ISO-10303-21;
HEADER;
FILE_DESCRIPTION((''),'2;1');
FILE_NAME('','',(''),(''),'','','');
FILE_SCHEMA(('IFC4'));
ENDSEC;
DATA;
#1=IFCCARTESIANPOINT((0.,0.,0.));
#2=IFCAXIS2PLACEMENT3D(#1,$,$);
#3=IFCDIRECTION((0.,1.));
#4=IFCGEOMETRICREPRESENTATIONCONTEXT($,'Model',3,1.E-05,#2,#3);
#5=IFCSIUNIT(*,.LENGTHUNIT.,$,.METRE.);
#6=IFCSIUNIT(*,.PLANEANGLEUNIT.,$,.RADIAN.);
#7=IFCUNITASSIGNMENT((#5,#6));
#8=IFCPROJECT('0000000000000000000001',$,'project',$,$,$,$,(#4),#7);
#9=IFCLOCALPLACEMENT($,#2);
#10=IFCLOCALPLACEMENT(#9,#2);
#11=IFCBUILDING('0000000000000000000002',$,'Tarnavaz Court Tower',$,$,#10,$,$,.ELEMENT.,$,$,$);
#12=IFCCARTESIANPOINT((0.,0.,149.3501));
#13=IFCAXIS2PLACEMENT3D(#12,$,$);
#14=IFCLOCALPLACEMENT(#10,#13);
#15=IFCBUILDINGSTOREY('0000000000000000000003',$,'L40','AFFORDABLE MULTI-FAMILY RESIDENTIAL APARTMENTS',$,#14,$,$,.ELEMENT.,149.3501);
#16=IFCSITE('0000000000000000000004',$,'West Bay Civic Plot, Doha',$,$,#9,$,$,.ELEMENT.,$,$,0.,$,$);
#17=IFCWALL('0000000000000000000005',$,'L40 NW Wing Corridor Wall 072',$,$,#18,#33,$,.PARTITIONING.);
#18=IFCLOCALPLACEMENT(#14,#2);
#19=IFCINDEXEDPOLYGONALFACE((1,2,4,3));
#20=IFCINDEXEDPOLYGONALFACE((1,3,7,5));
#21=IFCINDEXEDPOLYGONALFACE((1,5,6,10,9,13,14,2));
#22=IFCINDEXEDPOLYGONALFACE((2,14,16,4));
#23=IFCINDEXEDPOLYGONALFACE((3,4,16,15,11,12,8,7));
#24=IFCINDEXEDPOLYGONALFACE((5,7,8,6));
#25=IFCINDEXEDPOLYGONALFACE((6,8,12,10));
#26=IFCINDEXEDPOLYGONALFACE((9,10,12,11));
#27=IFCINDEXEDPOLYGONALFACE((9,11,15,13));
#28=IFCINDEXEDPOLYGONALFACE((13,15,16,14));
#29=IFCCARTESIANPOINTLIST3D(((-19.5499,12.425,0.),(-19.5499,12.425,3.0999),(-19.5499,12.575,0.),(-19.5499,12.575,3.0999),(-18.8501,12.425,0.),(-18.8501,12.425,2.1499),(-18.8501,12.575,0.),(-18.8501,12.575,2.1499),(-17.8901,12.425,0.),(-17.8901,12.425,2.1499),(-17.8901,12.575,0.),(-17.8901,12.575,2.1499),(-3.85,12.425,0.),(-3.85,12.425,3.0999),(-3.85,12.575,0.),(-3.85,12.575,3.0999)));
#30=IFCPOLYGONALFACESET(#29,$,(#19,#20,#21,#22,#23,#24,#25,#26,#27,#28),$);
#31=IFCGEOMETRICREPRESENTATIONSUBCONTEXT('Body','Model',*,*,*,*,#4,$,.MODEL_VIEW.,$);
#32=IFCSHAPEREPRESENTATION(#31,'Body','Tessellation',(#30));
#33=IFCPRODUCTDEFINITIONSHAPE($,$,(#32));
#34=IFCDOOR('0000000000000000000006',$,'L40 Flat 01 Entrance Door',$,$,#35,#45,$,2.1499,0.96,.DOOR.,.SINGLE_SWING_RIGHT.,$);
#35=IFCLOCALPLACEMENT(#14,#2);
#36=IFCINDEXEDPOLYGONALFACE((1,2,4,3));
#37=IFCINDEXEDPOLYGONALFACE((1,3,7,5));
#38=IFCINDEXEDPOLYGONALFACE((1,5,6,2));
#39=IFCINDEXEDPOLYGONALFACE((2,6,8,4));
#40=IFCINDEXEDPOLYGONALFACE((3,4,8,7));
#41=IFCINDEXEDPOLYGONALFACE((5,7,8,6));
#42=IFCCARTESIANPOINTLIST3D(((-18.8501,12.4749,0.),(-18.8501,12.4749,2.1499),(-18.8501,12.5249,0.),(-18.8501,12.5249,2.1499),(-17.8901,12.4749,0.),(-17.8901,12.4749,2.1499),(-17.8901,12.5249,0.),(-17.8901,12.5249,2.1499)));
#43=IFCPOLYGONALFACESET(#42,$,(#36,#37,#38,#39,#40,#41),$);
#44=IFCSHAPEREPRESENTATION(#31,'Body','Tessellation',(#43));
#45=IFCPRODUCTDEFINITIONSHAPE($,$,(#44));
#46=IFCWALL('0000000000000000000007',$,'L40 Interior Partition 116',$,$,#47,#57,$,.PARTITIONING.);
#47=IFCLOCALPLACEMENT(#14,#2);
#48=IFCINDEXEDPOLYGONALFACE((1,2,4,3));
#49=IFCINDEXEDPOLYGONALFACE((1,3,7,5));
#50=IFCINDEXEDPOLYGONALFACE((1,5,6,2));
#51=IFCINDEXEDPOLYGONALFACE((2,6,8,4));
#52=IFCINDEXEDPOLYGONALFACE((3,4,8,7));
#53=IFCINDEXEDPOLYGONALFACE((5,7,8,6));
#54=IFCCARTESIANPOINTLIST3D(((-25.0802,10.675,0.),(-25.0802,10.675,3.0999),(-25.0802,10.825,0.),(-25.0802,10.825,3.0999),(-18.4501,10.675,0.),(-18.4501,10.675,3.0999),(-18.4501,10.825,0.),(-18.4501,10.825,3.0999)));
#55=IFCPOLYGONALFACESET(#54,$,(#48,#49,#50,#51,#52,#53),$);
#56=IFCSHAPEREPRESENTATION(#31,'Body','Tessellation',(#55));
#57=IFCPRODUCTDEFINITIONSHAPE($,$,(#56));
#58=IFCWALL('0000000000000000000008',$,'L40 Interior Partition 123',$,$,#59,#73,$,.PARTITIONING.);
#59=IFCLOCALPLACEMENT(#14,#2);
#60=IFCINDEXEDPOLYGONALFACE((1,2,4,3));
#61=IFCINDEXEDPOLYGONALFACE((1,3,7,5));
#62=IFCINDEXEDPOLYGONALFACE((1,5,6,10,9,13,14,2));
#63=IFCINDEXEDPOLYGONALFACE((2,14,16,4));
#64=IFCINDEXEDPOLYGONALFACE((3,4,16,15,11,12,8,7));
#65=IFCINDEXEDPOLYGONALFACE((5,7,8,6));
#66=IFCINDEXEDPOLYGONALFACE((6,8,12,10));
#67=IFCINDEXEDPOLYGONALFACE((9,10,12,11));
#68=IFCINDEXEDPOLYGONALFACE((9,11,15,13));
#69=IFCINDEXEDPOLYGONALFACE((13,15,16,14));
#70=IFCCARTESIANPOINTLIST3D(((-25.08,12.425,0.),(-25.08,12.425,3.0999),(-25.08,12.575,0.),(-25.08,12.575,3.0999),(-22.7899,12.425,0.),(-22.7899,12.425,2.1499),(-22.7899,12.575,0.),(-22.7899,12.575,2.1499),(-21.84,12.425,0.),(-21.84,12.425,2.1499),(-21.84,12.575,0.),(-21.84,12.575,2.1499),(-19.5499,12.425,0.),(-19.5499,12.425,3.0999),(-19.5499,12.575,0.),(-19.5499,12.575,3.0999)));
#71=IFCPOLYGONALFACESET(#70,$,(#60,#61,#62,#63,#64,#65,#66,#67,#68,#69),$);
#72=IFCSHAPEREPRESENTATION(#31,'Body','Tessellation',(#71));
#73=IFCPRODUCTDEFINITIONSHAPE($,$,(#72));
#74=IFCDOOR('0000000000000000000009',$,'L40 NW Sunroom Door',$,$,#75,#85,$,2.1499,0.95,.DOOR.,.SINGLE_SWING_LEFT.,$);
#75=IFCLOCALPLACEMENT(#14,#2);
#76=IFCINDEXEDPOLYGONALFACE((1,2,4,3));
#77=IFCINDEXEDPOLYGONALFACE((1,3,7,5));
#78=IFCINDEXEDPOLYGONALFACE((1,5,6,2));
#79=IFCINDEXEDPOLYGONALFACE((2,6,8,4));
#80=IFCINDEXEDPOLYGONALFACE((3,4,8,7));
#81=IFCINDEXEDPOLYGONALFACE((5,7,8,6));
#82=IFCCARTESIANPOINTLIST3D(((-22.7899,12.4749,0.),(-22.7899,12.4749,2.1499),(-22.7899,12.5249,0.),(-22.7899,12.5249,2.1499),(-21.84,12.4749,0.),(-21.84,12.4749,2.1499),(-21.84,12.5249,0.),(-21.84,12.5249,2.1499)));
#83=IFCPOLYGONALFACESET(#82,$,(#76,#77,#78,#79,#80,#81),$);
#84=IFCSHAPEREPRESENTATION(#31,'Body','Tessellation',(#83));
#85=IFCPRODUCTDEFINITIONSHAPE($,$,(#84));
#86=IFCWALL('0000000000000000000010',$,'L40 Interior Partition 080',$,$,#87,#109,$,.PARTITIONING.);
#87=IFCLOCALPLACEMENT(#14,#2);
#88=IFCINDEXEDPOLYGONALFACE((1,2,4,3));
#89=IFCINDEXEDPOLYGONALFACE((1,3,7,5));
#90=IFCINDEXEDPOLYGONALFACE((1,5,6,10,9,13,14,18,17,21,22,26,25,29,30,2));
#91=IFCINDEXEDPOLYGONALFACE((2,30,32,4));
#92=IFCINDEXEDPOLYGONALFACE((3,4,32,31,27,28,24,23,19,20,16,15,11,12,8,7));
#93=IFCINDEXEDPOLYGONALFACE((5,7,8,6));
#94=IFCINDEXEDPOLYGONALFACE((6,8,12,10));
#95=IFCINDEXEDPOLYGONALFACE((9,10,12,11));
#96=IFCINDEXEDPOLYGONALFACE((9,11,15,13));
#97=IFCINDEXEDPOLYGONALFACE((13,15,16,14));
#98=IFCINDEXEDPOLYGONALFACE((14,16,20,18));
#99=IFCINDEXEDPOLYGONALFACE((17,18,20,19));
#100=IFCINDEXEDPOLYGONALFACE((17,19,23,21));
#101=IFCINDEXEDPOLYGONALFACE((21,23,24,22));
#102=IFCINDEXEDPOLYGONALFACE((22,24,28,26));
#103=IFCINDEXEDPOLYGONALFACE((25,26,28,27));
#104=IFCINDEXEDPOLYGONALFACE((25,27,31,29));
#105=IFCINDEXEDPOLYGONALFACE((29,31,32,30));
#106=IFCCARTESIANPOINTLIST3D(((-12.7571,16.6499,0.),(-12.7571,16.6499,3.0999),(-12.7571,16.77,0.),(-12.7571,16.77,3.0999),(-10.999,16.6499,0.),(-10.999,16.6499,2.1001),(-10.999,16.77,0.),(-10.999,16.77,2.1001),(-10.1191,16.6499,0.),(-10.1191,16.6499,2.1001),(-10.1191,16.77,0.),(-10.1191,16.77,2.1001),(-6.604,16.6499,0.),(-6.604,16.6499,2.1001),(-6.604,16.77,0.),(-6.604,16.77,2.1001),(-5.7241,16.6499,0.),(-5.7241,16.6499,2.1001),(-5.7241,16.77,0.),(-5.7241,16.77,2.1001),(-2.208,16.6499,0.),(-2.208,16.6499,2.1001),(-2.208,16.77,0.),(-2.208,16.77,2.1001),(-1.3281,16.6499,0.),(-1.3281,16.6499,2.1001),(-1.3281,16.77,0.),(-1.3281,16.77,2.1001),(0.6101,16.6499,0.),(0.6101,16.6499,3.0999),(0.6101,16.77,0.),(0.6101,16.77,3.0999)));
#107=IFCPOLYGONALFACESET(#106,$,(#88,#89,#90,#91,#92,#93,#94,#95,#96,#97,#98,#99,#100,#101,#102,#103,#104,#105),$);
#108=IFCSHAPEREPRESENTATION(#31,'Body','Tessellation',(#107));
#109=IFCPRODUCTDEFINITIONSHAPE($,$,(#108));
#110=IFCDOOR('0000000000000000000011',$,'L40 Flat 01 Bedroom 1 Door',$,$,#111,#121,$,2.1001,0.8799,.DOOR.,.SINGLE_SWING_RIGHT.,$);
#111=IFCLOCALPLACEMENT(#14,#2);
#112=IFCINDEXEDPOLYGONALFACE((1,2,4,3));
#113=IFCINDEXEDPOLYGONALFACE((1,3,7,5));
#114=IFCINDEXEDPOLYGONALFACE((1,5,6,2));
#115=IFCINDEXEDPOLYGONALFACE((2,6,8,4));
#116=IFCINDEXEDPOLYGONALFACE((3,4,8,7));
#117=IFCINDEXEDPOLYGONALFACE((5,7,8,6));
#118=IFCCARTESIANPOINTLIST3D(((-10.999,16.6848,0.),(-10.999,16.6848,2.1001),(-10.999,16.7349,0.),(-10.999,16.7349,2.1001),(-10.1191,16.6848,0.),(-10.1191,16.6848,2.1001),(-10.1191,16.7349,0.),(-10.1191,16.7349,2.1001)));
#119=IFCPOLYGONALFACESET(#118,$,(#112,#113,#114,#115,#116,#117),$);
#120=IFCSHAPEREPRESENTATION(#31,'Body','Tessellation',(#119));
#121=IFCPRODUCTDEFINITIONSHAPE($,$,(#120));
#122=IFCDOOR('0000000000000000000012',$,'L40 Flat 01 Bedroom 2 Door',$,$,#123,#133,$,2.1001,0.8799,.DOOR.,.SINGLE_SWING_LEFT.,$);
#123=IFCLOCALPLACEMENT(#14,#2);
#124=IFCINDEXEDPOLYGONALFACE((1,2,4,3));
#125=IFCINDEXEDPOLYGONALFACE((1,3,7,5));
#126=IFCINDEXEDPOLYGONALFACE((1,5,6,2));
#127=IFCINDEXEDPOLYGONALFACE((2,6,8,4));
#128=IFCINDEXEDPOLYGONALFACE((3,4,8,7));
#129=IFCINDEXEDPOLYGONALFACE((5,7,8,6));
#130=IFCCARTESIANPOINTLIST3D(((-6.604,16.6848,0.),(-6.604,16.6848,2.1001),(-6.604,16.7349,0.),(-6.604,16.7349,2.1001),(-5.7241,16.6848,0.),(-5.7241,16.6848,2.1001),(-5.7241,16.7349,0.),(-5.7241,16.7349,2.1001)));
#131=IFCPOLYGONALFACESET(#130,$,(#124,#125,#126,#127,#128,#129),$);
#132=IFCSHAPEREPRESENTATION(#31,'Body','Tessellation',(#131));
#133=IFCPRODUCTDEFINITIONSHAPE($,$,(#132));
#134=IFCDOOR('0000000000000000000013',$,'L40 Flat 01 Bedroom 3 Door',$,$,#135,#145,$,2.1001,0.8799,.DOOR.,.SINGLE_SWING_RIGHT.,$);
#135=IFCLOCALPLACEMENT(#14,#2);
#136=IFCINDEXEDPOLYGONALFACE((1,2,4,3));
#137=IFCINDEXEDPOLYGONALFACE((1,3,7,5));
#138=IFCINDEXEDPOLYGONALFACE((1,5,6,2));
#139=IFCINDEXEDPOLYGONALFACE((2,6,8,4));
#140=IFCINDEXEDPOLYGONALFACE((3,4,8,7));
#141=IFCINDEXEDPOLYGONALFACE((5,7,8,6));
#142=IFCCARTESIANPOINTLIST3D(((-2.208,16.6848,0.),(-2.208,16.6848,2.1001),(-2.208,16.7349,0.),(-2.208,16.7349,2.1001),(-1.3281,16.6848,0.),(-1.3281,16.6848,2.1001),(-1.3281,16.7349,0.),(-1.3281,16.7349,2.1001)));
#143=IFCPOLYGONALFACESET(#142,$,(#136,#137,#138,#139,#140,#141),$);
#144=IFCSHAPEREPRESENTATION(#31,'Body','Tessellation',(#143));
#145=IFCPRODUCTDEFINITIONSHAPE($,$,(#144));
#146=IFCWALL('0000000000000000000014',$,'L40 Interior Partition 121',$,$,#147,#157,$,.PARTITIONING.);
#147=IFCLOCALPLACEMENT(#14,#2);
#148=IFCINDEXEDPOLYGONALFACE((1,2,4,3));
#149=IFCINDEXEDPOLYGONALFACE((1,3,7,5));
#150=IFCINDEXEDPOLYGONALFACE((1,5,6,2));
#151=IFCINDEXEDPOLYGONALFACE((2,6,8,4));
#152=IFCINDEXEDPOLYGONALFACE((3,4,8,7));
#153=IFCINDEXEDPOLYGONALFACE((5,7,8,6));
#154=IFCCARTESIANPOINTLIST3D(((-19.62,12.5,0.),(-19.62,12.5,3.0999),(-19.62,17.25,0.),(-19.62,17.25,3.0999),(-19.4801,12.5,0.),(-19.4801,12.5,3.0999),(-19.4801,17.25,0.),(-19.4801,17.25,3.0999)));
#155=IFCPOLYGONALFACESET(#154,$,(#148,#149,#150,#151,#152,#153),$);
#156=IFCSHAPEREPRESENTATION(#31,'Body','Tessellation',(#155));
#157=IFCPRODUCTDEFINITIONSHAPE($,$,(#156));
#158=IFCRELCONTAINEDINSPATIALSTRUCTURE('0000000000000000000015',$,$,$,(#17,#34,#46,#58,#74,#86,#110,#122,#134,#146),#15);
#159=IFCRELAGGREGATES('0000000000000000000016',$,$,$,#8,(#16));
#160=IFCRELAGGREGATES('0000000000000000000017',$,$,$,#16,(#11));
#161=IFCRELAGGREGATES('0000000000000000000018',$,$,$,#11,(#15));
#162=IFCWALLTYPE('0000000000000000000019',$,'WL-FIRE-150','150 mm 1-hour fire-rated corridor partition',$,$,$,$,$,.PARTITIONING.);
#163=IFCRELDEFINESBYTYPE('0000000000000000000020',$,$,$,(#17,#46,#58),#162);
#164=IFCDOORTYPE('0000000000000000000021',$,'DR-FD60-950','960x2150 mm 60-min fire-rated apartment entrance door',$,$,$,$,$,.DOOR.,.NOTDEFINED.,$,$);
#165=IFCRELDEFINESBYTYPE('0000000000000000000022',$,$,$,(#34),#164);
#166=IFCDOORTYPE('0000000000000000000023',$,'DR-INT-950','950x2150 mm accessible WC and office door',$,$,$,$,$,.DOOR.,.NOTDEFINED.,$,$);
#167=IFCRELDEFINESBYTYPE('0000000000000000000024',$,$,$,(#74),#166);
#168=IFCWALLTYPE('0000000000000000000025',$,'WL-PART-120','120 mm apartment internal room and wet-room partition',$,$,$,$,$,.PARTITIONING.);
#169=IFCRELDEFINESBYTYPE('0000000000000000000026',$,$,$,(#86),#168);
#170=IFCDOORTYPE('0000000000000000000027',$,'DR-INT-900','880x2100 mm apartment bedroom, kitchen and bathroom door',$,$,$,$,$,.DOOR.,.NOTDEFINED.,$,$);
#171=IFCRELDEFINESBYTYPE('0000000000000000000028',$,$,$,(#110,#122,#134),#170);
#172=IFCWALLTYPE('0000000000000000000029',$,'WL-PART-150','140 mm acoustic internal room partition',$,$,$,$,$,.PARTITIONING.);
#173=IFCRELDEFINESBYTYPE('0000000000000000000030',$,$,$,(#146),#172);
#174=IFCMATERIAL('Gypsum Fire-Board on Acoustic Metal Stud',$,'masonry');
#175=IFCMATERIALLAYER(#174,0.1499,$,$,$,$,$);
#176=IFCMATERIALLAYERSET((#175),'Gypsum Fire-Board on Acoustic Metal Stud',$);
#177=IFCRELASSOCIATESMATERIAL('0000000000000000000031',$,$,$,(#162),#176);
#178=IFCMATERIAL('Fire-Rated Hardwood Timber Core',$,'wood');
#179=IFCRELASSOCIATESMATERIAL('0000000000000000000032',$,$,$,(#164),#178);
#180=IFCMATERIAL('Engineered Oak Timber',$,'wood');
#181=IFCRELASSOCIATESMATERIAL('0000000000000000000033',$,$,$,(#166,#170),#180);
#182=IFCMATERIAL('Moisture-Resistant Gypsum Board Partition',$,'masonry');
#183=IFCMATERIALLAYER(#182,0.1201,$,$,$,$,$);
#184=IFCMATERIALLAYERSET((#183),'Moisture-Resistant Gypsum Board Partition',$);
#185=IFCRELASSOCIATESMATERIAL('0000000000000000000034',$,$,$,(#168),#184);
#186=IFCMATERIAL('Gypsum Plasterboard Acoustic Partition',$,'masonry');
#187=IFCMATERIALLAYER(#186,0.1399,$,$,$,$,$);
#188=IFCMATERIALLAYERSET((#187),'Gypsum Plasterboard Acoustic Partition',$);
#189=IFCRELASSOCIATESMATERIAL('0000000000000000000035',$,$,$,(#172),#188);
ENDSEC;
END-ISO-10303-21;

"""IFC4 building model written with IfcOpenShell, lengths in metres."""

from ifc_helpers import new_model, si_unit, direction, frame, frame_2d, origin, place, context, subcontext, project, spatial, rectangle, extrude, material, layer, layer_set, type_object, element, fill, save


model = new_model("IFC4")

# Units and contexts
model_context = context("Model", 3, precision=1e-05, world=origin(), true_north=direction((0.0, 1.0)))
body_context = subcontext(model_context, "Body", "Model", "MODEL_VIEW")
ifc_project = project(units=[si_unit("LENGTHUNIT", "METRE"), si_unit("PLANEANGLEUNIT", "RADIAN")], contexts=[model_context])

# Site, building, storey
site_placement = place(None, origin())
site = spatial("IfcSite", under=ifc_project, at=site_placement, Name="West Bay Civic Plot, Doha", CompositionType="ELEMENT", RefElevation=0.0)
building_placement = place(site_placement, origin())
building = spatial("IfcBuilding", under=site, at=building_placement, Name="Tarnavaz Court Tower", CompositionType="ELEMENT")
storey_placement = place(building_placement, frame((0.0, 0.0, 149.3501)))
storey = spatial("IfcBuildingStorey", under=building, at=storey_placement, Name="L40", Description="AFFORDABLE MULTI-FAMILY RESIDENTIAL APARTMENTS", CompositionType="ELEMENT", Elevation=149.3501)

# Wall, opening, door
ifc_material_1 = material(Name="Gypsum Fire-Board on Acoustic Metal Stud", Category="masonry")
ifc_layer_1 = layer(ifc_material_1, 0.1499)
ifc_layer_set_1 = layer_set([ifc_layer_1], Name="Gypsum Fire-Board on Acoustic Metal Stud")
wall_type_1 = type_object("IfcWallType", Name="WL-FIRE-150", Description="150 mm 1-hour fire-rated corridor partition", PredefinedType="PARTITIONING", material=ifc_layer_set_1)
wall_1_placement = place(storey_placement, frame((-19.55, 12.5, 0.0), z_axis=(0.0, 0.0, 1.0), x_axis=(1.0, 0.0, 0.0)))
wall_1 = element("IfcWall", 1, at=wall_1_placement, inside=storey, type_object=wall_type_1, Name="L40 NW Wing Corridor Wall 072", PredefinedType="PARTITIONING", context=body_context, shape_type="SweptSolid", body=[
    extrude(rectangle(XDim=15.7, YDim=0.1499, at=frame_2d((7.8501, 0.0))), origin(), (0.0, 0.0, 1.0), 3.0999),
])
opening_1_placement = place(wall_1_placement, frame((0.7, 0.0, 0.0)))
opening_1 = element("IfcOpeningElement", 2, at=opening_1_placement, cuts=wall_1, PredefinedType="OPENING", context=body_context, shape_type="SweptSolid", body=[
    extrude(rectangle(XDim=0.96, YDim=2.1499, at=frame_2d((0.48, 1.075))), frame((0.0, 0.085, 0.0), z_axis=(0.0, -1.0, 0.0), x_axis=(1.0, 0.0, 0.0)), (0.0, 0.0, 1.0), 0.1699),
])
ifc_material_2 = material(Name="Fire-Rated Hardwood Timber Core", Category="wood")
door_type_1 = type_object("IfcDoorType", Name="DR-FD60-950", Description="960x2150 mm 60-min fire-rated apartment entrance door", OperationType="NOTDEFINED", PredefinedType="DOOR", material=ifc_material_2)
door_1_placement = place(opening_1_placement, origin())
door_1 = element("IfcDoor", 3, at=door_1_placement, inside=storey, type_object=door_type_1, Name="L40 Flat 01 Entrance Door", OperationType="SINGLE_SWING_RIGHT", OverallHeight=2.1499, OverallWidth=0.96, PredefinedType="DOOR", context=body_context, shape_type="SweptSolid", body=[
    extrude(rectangle(XDim=0.96, YDim=2.1499, at=frame_2d((0.48, 1.075))), frame((0.0, 0.0249, 0.0), z_axis=(0.0, -1.0, 0.0), x_axis=(1.0, 0.0, 0.0)), (0.0, 0.0, 1.0), 0.05),
])
fill(opening_1, door_1)

# Wall
wall_2_placement = place(storey_placement, frame((-25.0801, 10.75, 0.0), z_axis=(0.0, 0.0, 1.0), x_axis=(1.0, 0.0, 0.0)))
element("IfcWall", 4, at=wall_2_placement, inside=storey, type_object=wall_type_1, Name="L40 Interior Partition 116", PredefinedType="PARTITIONING", context=body_context, shape_type="SweptSolid", body=[
    extrude(rectangle(XDim=6.6301, YDim=0.1499, at=frame_2d((3.3149, 0.0))), origin(), (0.0, 0.0, 1.0), 3.0999),
])

# Wall, opening, door
wall_3_placement = place(storey_placement, frame((-25.0801, 12.5, 0.0), z_axis=(0.0, 0.0, 1.0), x_axis=(1.0, 0.0, 0.0)))
wall_3 = element("IfcWall", 5, at=wall_3_placement, inside=storey, type_object=wall_type_1, Name="L40 Interior Partition 123", PredefinedType="PARTITIONING", context=body_context, shape_type="SweptSolid", body=[
    extrude(rectangle(XDim=5.53, YDim=0.1499, at=frame_2d((2.7651, 0.0))), origin(), (0.0, 0.0, 1.0), 3.0999),
])
opening_2_placement = place(wall_3_placement, frame((2.29, 0.0, 0.0)))
opening_2 = element("IfcOpeningElement", 6, at=opening_2_placement, cuts=wall_3, PredefinedType="OPENING", context=body_context, shape_type="SweptSolid", body=[
    extrude(rectangle(XDim=0.95, YDim=2.1499, at=frame_2d((0.4751, 1.075))), frame((0.0, 0.085, 0.0), z_axis=(0.0, -1.0, 0.0), x_axis=(1.0, 0.0, 0.0)), (0.0, 0.0, 1.0), 0.1699),
])
ifc_material_3 = material(Name="Engineered Oak Timber", Category="wood")
door_type_2 = type_object("IfcDoorType", Name="DR-INT-950", Description="950x2150 mm accessible WC and office door", OperationType="NOTDEFINED", PredefinedType="DOOR", material=ifc_material_3)
door_2_placement = place(opening_2_placement, origin())
door_2 = element("IfcDoor", 7, at=door_2_placement, inside=storey, type_object=door_type_2, Name="L40 NW Sunroom Door", OperationType="SINGLE_SWING_LEFT", OverallHeight=2.1499, OverallWidth=0.95, PredefinedType="DOOR", context=body_context, shape_type="SweptSolid", body=[
    extrude(rectangle(XDim=0.95, YDim=2.1499, at=frame_2d((0.4751, 1.075))), frame((0.0, 0.0249, 0.0), z_axis=(0.0, -1.0, 0.0), x_axis=(1.0, 0.0, 0.0)), (0.0, 0.0, 1.0), 0.05),
])
fill(opening_2, door_2)

# Wall, openings, doors
ifc_material_4 = material(Name="Moisture-Resistant Gypsum Board Partition", Category="masonry")
ifc_layer_2 = layer(ifc_material_4, 0.1201)
ifc_layer_set_2 = layer_set([ifc_layer_2], Name="Moisture-Resistant Gypsum Board Partition")
wall_type_2 = type_object("IfcWallType", Name="WL-PART-120", Description="120 mm apartment internal room and wet-room partition", PredefinedType="PARTITIONING", material=ifc_layer_set_2)
wall_4_placement = place(storey_placement, frame((-12.7571, 16.71, 0.0), z_axis=(0.0, 0.0, 1.0), x_axis=(1.0, 0.0, 0.0)))
wall_4 = element("IfcWall", 8, at=wall_4_placement, inside=storey, type_object=wall_type_2, Name="L40 Interior Partition 080", PredefinedType="PARTITIONING", context=body_context, shape_type="SweptSolid", body=[
    extrude(rectangle(XDim=13.3672, YDim=0.1201, at=frame_2d((6.6836, 0.0))), origin(), (0.0, 0.0, 1.0), 3.0999),
])
opening_3_placement = place(wall_4_placement, frame((1.7581, 0.0, 0.0)))
opening_3 = element("IfcOpeningElement", 9, at=opening_3_placement, cuts=wall_4, PredefinedType="OPENING", context=body_context, shape_type="SweptSolid", body=[
    extrude(rectangle(XDim=0.8799, YDim=2.1001, at=frame_2d((0.4399, 1.05))), frame((0.0, 0.0701, 0.0), z_axis=(0.0, -1.0, 0.0), x_axis=(1.0, 0.0, 0.0)), (0.0, 0.0, 1.0), 0.1401),
])
opening_4_placement = place(wall_4_placement, frame((6.1531, 0.0, 0.0)))
opening_4 = element("IfcOpeningElement", 10, at=opening_4_placement, cuts=wall_4, PredefinedType="OPENING", context=body_context, shape_type="SweptSolid", body=[
    extrude(rectangle(XDim=0.8799, YDim=2.1001, at=frame_2d((0.4399, 1.05))), frame((0.0, 0.0701, 0.0), z_axis=(0.0, -1.0, 0.0), x_axis=(1.0, 0.0, 0.0)), (0.0, 0.0, 1.0), 0.1401),
])
opening_5_placement = place(wall_4_placement, frame((10.5491, 0.0, 0.0)))
opening_5 = element("IfcOpeningElement", 11, at=opening_5_placement, cuts=wall_4, PredefinedType="OPENING", context=body_context, shape_type="SweptSolid", body=[
    extrude(rectangle(XDim=0.8799, YDim=2.1001, at=frame_2d((0.4399, 1.05))), frame((0.0, 0.0701, 0.0), z_axis=(0.0, -1.0, 0.0), x_axis=(1.0, 0.0, 0.0)), (0.0, 0.0, 1.0), 0.1401),
])
door_type_3 = type_object("IfcDoorType", Name="DR-INT-900", Description="880x2100 mm apartment bedroom, kitchen and bathroom door", OperationType="NOTDEFINED", PredefinedType="DOOR", material=ifc_material_3)
door_3_placement = place(opening_3_placement, origin())
door_3 = element("IfcDoor", 12, at=door_3_placement, inside=storey, type_object=door_type_3, Name="L40 Flat 01 Bedroom 1 Door", OperationType="SINGLE_SWING_RIGHT", OverallHeight=2.1001, OverallWidth=0.8799, PredefinedType="DOOR", context=body_context, shape_type="SweptSolid", body=[
    extrude(rectangle(XDim=0.8799, YDim=2.1001, at=frame_2d((0.4399, 1.05))), frame((0.0, 0.0249, 0.0), z_axis=(0.0, -1.0, 0.0), x_axis=(1.0, 0.0, 0.0)), (0.0, 0.0, 1.0), 0.05),
])
fill(opening_3, door_3)
door_4_placement = place(opening_4_placement, origin())
door_4 = element("IfcDoor", 13, at=door_4_placement, inside=storey, type_object=door_type_3, Name="L40 Flat 01 Bedroom 2 Door", OperationType="SINGLE_SWING_LEFT", OverallHeight=2.1001, OverallWidth=0.8799, PredefinedType="DOOR", context=body_context, shape_type="SweptSolid", body=[
    extrude(rectangle(XDim=0.8799, YDim=2.1001, at=frame_2d((0.4399, 1.05))), frame((0.0, 0.0249, 0.0), z_axis=(0.0, -1.0, 0.0), x_axis=(1.0, 0.0, 0.0)), (0.0, 0.0, 1.0), 0.05),
])
fill(opening_4, door_4)
door_5_placement = place(opening_5_placement, origin())
door_5 = element("IfcDoor", 14, at=door_5_placement, inside=storey, type_object=door_type_3, Name="L40 Flat 01 Bedroom 3 Door", OperationType="SINGLE_SWING_RIGHT", OverallHeight=2.1001, OverallWidth=0.8799, PredefinedType="DOOR", context=body_context, shape_type="SweptSolid", body=[
    extrude(rectangle(XDim=0.8799, YDim=2.1001, at=frame_2d((0.4399, 1.05))), frame((0.0, 0.0249, 0.0), z_axis=(0.0, -1.0, 0.0), x_axis=(1.0, 0.0, 0.0)), (0.0, 0.0, 1.0), 0.05),
])
fill(opening_5, door_5)

# Wall
ifc_material_5 = material(Name="Gypsum Plasterboard Acoustic Partition", Category="masonry")
ifc_layer_3 = layer(ifc_material_5, 0.1399)
ifc_layer_set_3 = layer_set([ifc_layer_3], Name="Gypsum Plasterboard Acoustic Partition")
wall_type_3 = type_object("IfcWallType", Name="WL-PART-150", Description="140 mm acoustic internal room partition", PredefinedType="PARTITIONING", material=ifc_layer_set_3)
wall_5_placement = place(storey_placement, frame((-19.55, 12.5, 0.0), z_axis=(0.0, 0.0, 1.0), x_axis=(0.0, 1.0, 0.0)))
element("IfcWall", 15, at=wall_5_placement, inside=storey, type_object=wall_type_3, Name="L40 Interior Partition 121", PredefinedType="PARTITIONING", context=body_context, shape_type="SweptSolid", body=[
    extrude(rectangle(XDim=4.75, YDim=0.1399, at=frame_2d((2.375, 0.0))), origin(), (0.0, 0.0, 1.0), 3.0999),
])

save(model, "model.ifc")
